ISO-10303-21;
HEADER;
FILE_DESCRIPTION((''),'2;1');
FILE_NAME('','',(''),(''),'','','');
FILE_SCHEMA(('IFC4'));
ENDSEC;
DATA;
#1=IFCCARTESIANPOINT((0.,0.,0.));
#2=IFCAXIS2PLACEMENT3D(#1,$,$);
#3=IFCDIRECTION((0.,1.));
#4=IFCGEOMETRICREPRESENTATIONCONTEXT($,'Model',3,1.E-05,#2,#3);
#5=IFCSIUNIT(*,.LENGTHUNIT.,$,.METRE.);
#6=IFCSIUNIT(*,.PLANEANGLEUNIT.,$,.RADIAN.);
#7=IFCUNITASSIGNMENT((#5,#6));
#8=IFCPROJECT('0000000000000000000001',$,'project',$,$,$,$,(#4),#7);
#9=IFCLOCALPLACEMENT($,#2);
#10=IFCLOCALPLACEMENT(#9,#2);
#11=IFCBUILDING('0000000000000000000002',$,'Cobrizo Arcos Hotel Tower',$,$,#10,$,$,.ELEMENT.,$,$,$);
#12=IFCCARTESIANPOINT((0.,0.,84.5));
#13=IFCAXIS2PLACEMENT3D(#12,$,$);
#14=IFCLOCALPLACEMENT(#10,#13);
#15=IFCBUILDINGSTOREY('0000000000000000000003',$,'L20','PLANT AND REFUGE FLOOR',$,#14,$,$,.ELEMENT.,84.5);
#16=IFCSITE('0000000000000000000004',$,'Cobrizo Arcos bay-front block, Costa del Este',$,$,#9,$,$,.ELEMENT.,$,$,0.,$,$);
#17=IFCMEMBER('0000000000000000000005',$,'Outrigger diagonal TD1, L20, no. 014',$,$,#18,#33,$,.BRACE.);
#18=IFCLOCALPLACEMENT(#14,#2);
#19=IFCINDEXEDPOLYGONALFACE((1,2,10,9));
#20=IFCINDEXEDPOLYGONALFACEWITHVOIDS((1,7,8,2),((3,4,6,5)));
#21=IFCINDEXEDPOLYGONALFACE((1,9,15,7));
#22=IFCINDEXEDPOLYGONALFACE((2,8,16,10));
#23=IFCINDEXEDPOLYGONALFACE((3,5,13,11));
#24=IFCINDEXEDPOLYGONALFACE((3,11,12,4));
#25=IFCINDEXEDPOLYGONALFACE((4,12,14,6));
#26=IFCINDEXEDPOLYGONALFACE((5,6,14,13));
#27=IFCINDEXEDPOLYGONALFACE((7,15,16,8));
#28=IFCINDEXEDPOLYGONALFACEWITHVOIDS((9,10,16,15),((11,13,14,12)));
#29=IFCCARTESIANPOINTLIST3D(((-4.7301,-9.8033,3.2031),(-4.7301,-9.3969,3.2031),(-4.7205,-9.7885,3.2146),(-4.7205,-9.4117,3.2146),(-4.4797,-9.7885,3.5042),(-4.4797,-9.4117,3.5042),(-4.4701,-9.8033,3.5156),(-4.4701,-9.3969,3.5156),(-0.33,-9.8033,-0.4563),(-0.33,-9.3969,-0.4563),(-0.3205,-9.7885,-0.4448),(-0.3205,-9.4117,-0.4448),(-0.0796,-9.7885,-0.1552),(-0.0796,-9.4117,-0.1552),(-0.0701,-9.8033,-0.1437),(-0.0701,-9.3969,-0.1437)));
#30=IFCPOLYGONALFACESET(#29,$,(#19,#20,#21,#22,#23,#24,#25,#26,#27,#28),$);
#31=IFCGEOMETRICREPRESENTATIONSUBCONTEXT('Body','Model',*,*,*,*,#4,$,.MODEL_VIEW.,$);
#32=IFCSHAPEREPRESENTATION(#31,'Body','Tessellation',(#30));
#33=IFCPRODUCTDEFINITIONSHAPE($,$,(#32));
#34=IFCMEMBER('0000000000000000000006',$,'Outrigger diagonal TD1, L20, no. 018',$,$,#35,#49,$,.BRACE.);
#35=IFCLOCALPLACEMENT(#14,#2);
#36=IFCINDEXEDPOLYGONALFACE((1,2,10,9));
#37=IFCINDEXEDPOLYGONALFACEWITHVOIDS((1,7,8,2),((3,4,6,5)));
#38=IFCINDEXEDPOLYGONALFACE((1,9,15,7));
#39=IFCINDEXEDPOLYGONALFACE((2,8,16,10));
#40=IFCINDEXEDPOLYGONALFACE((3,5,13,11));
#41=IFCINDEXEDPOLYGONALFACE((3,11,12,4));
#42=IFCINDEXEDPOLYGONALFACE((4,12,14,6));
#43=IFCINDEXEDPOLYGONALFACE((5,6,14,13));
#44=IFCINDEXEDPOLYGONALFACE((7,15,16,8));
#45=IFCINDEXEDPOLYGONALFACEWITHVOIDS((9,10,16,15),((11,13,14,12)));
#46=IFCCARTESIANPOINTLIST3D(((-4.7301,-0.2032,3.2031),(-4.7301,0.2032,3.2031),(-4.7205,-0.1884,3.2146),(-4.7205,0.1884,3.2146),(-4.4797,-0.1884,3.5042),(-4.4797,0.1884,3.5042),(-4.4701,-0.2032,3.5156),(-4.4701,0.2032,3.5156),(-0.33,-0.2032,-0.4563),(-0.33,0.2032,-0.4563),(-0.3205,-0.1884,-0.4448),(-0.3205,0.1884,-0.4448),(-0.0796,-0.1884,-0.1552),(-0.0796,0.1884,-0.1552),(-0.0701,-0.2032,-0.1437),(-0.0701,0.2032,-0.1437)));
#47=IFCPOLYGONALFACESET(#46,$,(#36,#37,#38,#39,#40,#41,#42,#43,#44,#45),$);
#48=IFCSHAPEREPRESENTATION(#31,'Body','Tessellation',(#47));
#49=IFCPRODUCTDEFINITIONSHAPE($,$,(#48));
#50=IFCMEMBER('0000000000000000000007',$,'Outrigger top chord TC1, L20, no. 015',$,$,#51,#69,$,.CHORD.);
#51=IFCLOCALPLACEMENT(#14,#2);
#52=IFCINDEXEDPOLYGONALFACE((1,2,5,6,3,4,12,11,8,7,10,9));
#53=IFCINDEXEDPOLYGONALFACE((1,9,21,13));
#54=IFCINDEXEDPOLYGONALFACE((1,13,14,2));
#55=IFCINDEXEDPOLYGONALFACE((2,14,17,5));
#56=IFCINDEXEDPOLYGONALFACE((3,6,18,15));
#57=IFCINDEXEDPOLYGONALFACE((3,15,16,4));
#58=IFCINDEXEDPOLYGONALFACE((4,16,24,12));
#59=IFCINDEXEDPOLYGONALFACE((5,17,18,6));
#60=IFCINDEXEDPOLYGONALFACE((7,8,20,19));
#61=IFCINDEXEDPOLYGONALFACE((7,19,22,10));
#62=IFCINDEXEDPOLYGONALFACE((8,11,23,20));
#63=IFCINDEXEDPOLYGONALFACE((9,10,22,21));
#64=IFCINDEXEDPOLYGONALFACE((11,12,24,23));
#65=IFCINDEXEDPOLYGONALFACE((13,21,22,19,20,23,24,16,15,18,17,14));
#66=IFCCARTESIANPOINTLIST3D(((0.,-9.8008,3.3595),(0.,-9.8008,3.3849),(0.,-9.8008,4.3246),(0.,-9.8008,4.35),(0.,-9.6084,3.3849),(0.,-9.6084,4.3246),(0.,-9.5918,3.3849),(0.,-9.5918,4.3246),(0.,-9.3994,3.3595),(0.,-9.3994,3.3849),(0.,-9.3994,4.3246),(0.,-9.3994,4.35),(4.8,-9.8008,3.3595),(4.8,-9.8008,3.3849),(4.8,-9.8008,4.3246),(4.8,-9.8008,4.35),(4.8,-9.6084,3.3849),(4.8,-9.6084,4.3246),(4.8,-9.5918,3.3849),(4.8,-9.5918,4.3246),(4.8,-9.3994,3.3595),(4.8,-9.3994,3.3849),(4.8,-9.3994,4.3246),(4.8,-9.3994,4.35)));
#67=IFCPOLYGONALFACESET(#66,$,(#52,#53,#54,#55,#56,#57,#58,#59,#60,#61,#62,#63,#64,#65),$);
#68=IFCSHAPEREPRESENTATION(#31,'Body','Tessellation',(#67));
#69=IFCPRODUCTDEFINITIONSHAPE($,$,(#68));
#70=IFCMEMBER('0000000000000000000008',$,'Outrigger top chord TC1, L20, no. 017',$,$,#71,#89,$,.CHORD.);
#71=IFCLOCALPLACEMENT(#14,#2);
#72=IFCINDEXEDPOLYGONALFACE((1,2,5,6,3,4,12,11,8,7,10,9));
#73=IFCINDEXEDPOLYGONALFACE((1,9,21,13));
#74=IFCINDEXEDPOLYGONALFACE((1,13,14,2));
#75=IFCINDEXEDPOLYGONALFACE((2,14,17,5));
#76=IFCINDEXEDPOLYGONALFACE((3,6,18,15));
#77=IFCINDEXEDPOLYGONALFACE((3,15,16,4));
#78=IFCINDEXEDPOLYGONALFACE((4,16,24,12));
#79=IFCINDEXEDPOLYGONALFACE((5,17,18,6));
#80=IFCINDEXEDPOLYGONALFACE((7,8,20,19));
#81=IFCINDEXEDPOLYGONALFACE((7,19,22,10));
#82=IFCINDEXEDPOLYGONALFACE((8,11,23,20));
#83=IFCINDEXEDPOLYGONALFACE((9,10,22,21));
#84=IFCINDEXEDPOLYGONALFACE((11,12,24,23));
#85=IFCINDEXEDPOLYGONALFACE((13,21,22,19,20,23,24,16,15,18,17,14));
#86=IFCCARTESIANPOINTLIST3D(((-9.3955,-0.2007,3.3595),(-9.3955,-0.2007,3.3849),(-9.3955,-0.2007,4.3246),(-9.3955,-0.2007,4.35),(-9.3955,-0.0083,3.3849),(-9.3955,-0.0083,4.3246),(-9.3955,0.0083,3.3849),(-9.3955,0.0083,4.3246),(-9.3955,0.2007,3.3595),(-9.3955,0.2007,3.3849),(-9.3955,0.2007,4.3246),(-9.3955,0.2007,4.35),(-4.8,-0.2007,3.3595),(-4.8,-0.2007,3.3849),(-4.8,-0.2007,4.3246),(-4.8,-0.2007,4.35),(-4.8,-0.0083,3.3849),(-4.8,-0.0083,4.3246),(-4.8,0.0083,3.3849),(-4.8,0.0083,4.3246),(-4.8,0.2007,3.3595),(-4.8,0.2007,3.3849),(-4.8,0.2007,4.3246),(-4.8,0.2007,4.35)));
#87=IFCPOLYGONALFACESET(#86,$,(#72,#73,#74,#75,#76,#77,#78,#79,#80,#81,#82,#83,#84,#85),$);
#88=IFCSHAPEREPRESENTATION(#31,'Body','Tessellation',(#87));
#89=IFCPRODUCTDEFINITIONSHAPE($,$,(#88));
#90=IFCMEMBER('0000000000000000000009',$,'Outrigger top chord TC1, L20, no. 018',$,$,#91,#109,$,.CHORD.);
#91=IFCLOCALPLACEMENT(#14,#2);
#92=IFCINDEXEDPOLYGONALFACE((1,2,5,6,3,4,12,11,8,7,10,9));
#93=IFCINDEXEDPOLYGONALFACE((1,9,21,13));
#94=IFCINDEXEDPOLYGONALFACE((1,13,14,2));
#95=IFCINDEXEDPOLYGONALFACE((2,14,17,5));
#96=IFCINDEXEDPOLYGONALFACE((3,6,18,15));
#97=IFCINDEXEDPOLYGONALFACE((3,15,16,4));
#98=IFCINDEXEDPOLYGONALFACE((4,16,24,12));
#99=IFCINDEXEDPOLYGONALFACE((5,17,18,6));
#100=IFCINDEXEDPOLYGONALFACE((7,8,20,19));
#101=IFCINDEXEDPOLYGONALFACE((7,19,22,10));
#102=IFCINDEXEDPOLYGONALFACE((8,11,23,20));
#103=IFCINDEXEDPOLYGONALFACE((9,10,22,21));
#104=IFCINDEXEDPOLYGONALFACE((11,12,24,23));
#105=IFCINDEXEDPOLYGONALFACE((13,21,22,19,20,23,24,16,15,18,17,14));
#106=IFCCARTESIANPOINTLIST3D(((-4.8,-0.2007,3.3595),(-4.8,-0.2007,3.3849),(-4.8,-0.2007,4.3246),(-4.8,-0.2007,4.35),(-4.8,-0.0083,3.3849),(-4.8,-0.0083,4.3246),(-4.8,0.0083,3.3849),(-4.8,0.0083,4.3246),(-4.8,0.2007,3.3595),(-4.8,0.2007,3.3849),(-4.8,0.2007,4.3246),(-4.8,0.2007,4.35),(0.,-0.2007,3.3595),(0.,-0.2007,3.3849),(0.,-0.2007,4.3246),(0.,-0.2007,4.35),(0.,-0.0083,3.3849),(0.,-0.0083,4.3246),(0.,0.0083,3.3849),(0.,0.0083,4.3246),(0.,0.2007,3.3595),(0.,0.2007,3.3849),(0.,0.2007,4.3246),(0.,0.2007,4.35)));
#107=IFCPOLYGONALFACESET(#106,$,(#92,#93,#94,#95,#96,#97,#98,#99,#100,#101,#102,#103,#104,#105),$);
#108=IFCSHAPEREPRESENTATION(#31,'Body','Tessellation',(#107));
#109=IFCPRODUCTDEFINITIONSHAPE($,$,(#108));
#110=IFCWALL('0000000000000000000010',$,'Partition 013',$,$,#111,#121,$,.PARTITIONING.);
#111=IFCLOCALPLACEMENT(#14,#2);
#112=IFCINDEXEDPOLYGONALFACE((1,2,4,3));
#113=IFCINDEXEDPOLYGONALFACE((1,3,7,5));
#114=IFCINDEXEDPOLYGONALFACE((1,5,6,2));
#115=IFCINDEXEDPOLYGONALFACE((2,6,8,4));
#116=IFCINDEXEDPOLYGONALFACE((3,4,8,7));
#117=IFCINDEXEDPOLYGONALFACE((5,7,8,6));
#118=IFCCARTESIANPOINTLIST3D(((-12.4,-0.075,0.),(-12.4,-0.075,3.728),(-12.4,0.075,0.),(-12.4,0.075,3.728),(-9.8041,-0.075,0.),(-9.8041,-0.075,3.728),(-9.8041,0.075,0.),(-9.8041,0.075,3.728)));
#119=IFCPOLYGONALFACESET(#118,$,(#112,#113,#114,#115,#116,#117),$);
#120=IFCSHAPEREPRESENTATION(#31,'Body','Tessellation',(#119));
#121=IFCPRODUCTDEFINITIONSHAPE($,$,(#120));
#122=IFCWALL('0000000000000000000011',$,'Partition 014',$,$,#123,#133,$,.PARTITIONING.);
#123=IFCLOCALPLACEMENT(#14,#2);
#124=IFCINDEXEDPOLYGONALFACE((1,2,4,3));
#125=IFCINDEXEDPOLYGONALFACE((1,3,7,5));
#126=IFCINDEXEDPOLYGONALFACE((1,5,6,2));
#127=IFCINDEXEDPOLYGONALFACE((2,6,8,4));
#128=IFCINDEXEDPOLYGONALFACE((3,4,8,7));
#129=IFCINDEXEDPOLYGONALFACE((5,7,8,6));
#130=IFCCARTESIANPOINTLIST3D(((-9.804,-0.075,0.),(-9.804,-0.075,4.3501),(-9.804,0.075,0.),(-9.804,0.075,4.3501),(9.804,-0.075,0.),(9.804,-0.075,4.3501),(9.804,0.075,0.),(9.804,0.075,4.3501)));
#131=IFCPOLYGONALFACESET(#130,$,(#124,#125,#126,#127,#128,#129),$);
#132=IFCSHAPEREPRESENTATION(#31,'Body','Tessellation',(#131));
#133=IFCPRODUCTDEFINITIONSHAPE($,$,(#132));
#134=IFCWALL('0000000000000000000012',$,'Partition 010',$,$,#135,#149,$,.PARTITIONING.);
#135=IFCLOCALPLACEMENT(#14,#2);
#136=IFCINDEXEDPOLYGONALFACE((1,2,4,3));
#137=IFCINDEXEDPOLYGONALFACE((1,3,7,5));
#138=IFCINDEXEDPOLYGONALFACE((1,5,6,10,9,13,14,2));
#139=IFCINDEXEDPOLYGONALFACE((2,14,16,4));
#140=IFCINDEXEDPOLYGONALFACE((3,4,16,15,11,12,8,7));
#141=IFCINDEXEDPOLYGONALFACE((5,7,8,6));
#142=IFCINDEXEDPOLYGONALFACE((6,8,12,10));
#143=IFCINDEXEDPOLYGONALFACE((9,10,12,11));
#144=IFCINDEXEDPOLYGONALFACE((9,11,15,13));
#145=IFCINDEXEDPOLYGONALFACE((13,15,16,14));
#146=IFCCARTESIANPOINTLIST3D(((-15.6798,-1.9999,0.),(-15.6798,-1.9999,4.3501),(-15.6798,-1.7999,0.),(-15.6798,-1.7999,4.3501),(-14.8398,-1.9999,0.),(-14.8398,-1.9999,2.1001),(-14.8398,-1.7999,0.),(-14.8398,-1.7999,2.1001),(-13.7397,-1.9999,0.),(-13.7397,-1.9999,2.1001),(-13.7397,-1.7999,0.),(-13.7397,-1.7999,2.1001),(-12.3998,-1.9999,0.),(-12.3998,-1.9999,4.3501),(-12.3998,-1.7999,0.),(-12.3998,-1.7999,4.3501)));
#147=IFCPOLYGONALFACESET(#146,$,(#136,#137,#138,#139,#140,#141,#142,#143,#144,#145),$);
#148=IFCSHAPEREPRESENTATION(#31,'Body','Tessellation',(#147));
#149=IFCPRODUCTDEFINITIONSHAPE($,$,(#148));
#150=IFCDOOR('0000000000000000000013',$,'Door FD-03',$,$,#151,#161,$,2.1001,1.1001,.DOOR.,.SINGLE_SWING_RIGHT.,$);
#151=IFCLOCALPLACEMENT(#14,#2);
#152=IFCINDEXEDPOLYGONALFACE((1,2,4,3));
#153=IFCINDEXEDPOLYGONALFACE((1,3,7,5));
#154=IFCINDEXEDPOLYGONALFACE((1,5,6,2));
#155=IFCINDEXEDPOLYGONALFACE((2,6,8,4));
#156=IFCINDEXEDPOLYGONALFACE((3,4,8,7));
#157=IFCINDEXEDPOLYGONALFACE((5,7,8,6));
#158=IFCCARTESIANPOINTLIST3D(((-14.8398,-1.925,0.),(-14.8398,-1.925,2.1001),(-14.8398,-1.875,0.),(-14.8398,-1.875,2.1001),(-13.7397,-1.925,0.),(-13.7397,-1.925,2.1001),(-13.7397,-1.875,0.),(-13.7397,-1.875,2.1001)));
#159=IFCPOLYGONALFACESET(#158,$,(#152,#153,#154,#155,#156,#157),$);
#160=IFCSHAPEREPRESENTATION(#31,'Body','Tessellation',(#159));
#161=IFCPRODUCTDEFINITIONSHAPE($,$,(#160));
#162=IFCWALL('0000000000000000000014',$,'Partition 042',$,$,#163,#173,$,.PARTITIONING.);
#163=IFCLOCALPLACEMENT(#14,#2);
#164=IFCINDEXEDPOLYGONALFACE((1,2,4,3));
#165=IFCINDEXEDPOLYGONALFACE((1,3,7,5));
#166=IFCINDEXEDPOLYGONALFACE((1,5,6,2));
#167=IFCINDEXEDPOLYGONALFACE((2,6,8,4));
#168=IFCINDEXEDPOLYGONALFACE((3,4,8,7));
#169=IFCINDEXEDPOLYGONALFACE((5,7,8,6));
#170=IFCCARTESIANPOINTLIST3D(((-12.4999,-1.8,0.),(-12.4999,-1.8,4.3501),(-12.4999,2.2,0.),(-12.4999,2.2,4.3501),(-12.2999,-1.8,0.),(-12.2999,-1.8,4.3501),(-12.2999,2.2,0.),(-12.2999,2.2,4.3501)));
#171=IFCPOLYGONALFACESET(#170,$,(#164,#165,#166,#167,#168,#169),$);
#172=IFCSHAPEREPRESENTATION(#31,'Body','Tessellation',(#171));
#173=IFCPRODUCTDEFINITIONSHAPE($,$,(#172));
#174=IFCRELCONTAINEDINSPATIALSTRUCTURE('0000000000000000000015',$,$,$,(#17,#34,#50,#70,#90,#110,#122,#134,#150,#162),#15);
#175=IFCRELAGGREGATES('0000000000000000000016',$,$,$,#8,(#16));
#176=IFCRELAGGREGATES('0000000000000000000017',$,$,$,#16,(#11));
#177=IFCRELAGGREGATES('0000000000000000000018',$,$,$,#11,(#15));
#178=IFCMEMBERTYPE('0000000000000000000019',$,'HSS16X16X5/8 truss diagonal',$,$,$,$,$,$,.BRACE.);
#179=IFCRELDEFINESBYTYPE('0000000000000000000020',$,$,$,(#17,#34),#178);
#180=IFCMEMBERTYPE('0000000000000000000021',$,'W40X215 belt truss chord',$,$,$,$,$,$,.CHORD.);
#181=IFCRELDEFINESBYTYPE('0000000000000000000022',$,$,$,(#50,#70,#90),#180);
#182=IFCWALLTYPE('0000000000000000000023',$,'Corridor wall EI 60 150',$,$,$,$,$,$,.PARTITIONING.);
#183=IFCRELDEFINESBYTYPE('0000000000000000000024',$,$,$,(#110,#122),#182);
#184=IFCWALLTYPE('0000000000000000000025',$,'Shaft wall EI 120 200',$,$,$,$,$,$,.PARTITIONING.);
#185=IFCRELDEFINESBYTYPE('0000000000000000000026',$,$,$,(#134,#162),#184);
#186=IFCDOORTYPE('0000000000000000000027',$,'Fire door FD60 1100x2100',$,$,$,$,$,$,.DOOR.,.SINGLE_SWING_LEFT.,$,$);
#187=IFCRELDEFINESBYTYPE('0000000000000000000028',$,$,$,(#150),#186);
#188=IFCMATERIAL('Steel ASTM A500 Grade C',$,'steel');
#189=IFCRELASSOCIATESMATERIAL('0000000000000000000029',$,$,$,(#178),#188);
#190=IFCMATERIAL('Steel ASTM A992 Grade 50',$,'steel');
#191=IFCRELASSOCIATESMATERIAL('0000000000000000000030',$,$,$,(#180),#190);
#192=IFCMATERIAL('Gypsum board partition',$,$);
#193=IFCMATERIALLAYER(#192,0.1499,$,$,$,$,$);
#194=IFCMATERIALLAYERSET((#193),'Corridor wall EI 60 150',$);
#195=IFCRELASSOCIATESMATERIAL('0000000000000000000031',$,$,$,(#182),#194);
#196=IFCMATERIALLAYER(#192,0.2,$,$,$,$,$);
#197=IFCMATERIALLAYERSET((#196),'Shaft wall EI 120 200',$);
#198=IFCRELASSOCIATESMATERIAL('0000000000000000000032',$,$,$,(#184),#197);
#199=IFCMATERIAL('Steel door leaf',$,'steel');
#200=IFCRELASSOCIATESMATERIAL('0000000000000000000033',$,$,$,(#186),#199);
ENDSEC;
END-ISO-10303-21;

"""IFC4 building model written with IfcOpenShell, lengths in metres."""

from ifc_helpers import new_model, si_unit, direction, frame, frame_2d, origin, origin_2d, place, context, subcontext, project, spatial, rectangle, hollow_rectangle, i_section, extrude, material, layer, layer_set, material_profile, profile_set, type_object, element, fill, save


model = new_model("IFC4")

# Units and contexts
model_context = context("Model", 3, precision=1e-05, world=origin(), true_north=direction((0.0, 1.0)))
body_context = subcontext(model_context, "Body", "Model", "MODEL_VIEW")
ifc_project = project(units=[si_unit("LENGTHUNIT", "METRE"), si_unit("PLANEANGLEUNIT", "RADIAN")], contexts=[model_context])

# Site, building, storey
site_placement = place(None, origin())
site = spatial("IfcSite", under=ifc_project, at=site_placement, Name="Cobrizo Arcos bay-front block, Costa del Este", CompositionType="ELEMENT", RefElevation=0.0)
building_placement = place(site_placement, origin())
building = spatial("IfcBuilding", under=site, at=building_placement, Name="Cobrizo Arcos Hotel Tower", CompositionType="ELEMENT")
storey_placement = place(building_placement, frame((0.0, 0.0, 84.5)))
storey = spatial("IfcBuildingStorey", under=building, at=storey_placement, Name="L20", Description="PLANT AND REFUGE FLOOR", CompositionType="ELEMENT", Elevation=84.5)

# Members
ifc_material_1 = material(Name="Steel ASTM A500 Grade C", Category="steel")
ifc_material_profile_1 = material_profile(ifc_material_1, hollow_rectangle(XDim=0.4065, YDim=0.4065, WallThickness=0.0149, at=origin_2d()), Name="HSS16X16X5/8")
ifc_profile_set_1 = profile_set([ifc_material_profile_1], Name="Steel ASTM A500 Grade C")
member_type_1 = type_object("IfcMemberType", Name="HSS16X16X5/8 truss diagonal", PredefinedType="BRACE", material=ifc_profile_set_1)
for number, where, z_axis, x_axis, name in (
    (1, (-4.6001, -9.6001, 3.3594), (0.768854, 0.0, -0.639425), (0.0, 1.0, 0.0), "Outrigger diagonal TD1, L20, no. 014"),
    (2, (-4.6001, 0.0, 3.3594), (0.768854, 0.0, -0.639425), (0.0, 1.0, 0.0), "Outrigger diagonal TD1, L20, no. 018"),
):
    element("IfcMember", number, at=place(storey_placement, frame(where, z_axis=z_axis, x_axis=x_axis)), inside=storey, type_object=member_type_1, Name=name, PredefinedType="BRACE", context=body_context, shape_type="SweptSolid", body=[
        extrude(hollow_rectangle(XDim=0.4065, YDim=0.4065, WallThickness=0.0149, at=origin_2d()), origin(), (0.0, 0.0, 1.0), 5.7229),
    ])
ifc_material_2 = material(Name="Steel ASTM A992 Grade 50", Category="steel")
ifc_material_profile_2 = material_profile(ifc_material_2, i_section(OverallWidth=0.4014, OverallDepth=0.9905, WebThickness=0.0166, FlangeThickness=0.0254, at=origin_2d()), Name="W40X215")
ifc_profile_set_2 = profile_set([ifc_material_profile_2], Name="Steel ASTM A992 Grade 50")
member_type_2 = type_object("IfcMemberType", Name="W40X215 belt truss chord", PredefinedType="CHORD", material=ifc_profile_set_2)
member_1_placement = place(storey_placement, frame((0.0, -9.6001, 3.8547), z_axis=(1.0, 0.0, 0.0), x_axis=(0.0, 1.0, 0.0)))
element("IfcMember", 3, at=member_1_placement, inside=storey, type_object=member_type_2, Name="Outrigger top chord TC1, L20, no. 015", PredefinedType="CHORD", context=body_context, shape_type="SweptSolid", body=[
    extrude(i_section(OverallWidth=0.4014, OverallDepth=0.9905, WebThickness=0.0166, FlangeThickness=0.0254, at=origin_2d()), origin(), (0.0, 0.0, 1.0), 4.8),
])
member_2_placement = place(storey_placement, frame((-9.3955, 0.0, 3.8547), z_axis=(1.0, 0.0, 0.0), x_axis=(0.0, 1.0, 0.0)))
element("IfcMember", 4, at=member_2_placement, inside=storey, type_object=member_type_2, Name="Outrigger top chord TC1, L20, no. 017", PredefinedType="CHORD", context=body_context, shape_type="SweptSolid", body=[
    extrude(i_section(OverallWidth=0.4014, OverallDepth=0.9905, WebThickness=0.0166, FlangeThickness=0.0254, at=origin_2d()), origin(), (0.0, 0.0, 1.0), 4.5955),
])
member_3_placement = place(storey_placement, frame((-4.8, 0.0, 3.8547), z_axis=(1.0, 0.0, 0.0), x_axis=(0.0, 1.0, 0.0)))
element("IfcMember", 5, at=member_3_placement, inside=storey, type_object=member_type_2, Name="Outrigger top chord TC1, L20, no. 018", PredefinedType="CHORD", context=body_context, shape_type="SweptSolid", body=[
    extrude(i_section(OverallWidth=0.4014, OverallDepth=0.9905, WebThickness=0.0166, FlangeThickness=0.0254, at=origin_2d()), origin(), (0.0, 0.0, 1.0), 4.8),
])

# Walls
ifc_material_3 = material(Name="Gypsum board partition")
ifc_layer_1 = layer(ifc_material_3, 0.1499)
ifc_layer_set_1 = layer_set([ifc_layer_1], Name="Corridor wall EI 60 150")
wall_type_1 = type_object("IfcWallType", Name="Corridor wall EI 60 150", PredefinedType="PARTITIONING", material=ifc_layer_set_1)
wall_1_placement = place(storey_placement, frame((-12.3999, 0.0, 0.0), z_axis=(0.0, 0.0, 1.0), x_axis=(1.0, 0.0, 0.0)))
element("IfcWall", 6, at=wall_1_placement, inside=storey, type_object=wall_type_1, Name="Partition 013", PredefinedType="PARTITIONING", context=body_context, shape_type="SweptSolid", body=[
    extrude(rectangle(XDim=2.5959, YDim=0.1499, at=frame_2d((1.2979, 0.0))), origin(), (0.0, 0.0, 1.0), 3.728),
])
wall_2_placement = place(storey_placement, frame((-9.804, 0.0, 0.0), z_axis=(0.0, 0.0, 1.0), x_axis=(1.0, 0.0, 0.0)))
element("IfcWall", 7, at=wall_2_placement, inside=storey, type_object=wall_type_1, Name="Partition 014", PredefinedType="PARTITIONING", context=body_context, shape_type="SweptSolid", body=[
    extrude(rectangle(XDim=19.6079, YDim=0.1499, at=frame_2d((9.804, 0.0))), origin(), (0.0, 0.0, 1.0), 4.3501),
])

# Wall, opening, door
ifc_layer_2 = layer(ifc_material_3, 0.2)
ifc_layer_set_2 = layer_set([ifc_layer_2], Name="Shaft wall EI 120 200")
wall_type_2 = type_object("IfcWallType", Name="Shaft wall EI 120 200", PredefinedType="PARTITIONING", material=ifc_layer_set_2)
wall_3_placement = place(storey_placement, frame((-15.6799, -1.8999, 0.0), z_axis=(0.0, 0.0, 1.0), x_axis=(1.0, 0.0, 0.0)))
wall_3 = element("IfcWall", 8, at=wall_3_placement, inside=storey, type_object=wall_type_2, Name="Partition 010", PredefinedType="PARTITIONING", context=body_context, shape_type="SweptSolid", body=[
    extrude(rectangle(XDim=3.28, YDim=0.2, at=frame_2d((1.6401, 0.0))), origin(), (0.0, 0.0, 1.0), 4.3501),
])
opening_placement = place(wall_3_placement, frame((0.8401, 0.0, 0.0)))
opening = element("IfcOpeningElement", 9, at=opening_placement, cuts=wall_3, PredefinedType="OPENING", context=body_context, shape_type="SweptSolid", body=[
    extrude(rectangle(XDim=1.1001, YDim=2.1001, at=frame_2d((0.55, 1.05))), frame((0.0, 0.1121, 0.0), z_axis=(0.0, -1.0, 0.0), x_axis=(1.0, 0.0, 0.0)), (0.0, 0.0, 1.0), 0.2239),
])
ifc_material_4 = material(Name="Steel door leaf", Category="steel")
door_type = type_object("IfcDoorType", Name="Fire door FD60 1100x2100", OperationType="SINGLE_SWING_LEFT", PredefinedType="DOOR", material=ifc_material_4)
door_placement = place(opening_placement, origin())
door = element("IfcDoor", 10, at=door_placement, inside=storey, type_object=door_type, Name="Door FD-03", OperationType="SINGLE_SWING_RIGHT", OverallHeight=2.1001, OverallWidth=1.1001, PredefinedType="DOOR", context=body_context, shape_type="SweptSolid", body=[
    extrude(rectangle(XDim=1.1001, YDim=2.1001, at=frame_2d((0.55, 1.05))), frame((0.0, 0.0249, 0.0), z_axis=(0.0, -1.0, 0.0), x_axis=(1.0, 0.0, 0.0)), (0.0, 0.0, 1.0), 0.05),
])
fill(opening, door)

# Wall
wall_4_placement = place(storey_placement, frame((-12.3999, -1.8, 0.0), z_axis=(0.0, 0.0, 1.0), x_axis=(0.0, 1.0, 0.0)))
element("IfcWall", 11, at=wall_4_placement, inside=storey, type_object=wall_type_2, Name="Partition 042", PredefinedType="PARTITIONING", context=body_context, shape_type="SweptSolid", body=[
    extrude(rectangle(XDim=4.0, YDim=0.2, at=frame_2d((2.0, 0.0))), origin(), (0.0, 0.0, 1.0), 4.3501),
])

save(model, "model.ifc")
